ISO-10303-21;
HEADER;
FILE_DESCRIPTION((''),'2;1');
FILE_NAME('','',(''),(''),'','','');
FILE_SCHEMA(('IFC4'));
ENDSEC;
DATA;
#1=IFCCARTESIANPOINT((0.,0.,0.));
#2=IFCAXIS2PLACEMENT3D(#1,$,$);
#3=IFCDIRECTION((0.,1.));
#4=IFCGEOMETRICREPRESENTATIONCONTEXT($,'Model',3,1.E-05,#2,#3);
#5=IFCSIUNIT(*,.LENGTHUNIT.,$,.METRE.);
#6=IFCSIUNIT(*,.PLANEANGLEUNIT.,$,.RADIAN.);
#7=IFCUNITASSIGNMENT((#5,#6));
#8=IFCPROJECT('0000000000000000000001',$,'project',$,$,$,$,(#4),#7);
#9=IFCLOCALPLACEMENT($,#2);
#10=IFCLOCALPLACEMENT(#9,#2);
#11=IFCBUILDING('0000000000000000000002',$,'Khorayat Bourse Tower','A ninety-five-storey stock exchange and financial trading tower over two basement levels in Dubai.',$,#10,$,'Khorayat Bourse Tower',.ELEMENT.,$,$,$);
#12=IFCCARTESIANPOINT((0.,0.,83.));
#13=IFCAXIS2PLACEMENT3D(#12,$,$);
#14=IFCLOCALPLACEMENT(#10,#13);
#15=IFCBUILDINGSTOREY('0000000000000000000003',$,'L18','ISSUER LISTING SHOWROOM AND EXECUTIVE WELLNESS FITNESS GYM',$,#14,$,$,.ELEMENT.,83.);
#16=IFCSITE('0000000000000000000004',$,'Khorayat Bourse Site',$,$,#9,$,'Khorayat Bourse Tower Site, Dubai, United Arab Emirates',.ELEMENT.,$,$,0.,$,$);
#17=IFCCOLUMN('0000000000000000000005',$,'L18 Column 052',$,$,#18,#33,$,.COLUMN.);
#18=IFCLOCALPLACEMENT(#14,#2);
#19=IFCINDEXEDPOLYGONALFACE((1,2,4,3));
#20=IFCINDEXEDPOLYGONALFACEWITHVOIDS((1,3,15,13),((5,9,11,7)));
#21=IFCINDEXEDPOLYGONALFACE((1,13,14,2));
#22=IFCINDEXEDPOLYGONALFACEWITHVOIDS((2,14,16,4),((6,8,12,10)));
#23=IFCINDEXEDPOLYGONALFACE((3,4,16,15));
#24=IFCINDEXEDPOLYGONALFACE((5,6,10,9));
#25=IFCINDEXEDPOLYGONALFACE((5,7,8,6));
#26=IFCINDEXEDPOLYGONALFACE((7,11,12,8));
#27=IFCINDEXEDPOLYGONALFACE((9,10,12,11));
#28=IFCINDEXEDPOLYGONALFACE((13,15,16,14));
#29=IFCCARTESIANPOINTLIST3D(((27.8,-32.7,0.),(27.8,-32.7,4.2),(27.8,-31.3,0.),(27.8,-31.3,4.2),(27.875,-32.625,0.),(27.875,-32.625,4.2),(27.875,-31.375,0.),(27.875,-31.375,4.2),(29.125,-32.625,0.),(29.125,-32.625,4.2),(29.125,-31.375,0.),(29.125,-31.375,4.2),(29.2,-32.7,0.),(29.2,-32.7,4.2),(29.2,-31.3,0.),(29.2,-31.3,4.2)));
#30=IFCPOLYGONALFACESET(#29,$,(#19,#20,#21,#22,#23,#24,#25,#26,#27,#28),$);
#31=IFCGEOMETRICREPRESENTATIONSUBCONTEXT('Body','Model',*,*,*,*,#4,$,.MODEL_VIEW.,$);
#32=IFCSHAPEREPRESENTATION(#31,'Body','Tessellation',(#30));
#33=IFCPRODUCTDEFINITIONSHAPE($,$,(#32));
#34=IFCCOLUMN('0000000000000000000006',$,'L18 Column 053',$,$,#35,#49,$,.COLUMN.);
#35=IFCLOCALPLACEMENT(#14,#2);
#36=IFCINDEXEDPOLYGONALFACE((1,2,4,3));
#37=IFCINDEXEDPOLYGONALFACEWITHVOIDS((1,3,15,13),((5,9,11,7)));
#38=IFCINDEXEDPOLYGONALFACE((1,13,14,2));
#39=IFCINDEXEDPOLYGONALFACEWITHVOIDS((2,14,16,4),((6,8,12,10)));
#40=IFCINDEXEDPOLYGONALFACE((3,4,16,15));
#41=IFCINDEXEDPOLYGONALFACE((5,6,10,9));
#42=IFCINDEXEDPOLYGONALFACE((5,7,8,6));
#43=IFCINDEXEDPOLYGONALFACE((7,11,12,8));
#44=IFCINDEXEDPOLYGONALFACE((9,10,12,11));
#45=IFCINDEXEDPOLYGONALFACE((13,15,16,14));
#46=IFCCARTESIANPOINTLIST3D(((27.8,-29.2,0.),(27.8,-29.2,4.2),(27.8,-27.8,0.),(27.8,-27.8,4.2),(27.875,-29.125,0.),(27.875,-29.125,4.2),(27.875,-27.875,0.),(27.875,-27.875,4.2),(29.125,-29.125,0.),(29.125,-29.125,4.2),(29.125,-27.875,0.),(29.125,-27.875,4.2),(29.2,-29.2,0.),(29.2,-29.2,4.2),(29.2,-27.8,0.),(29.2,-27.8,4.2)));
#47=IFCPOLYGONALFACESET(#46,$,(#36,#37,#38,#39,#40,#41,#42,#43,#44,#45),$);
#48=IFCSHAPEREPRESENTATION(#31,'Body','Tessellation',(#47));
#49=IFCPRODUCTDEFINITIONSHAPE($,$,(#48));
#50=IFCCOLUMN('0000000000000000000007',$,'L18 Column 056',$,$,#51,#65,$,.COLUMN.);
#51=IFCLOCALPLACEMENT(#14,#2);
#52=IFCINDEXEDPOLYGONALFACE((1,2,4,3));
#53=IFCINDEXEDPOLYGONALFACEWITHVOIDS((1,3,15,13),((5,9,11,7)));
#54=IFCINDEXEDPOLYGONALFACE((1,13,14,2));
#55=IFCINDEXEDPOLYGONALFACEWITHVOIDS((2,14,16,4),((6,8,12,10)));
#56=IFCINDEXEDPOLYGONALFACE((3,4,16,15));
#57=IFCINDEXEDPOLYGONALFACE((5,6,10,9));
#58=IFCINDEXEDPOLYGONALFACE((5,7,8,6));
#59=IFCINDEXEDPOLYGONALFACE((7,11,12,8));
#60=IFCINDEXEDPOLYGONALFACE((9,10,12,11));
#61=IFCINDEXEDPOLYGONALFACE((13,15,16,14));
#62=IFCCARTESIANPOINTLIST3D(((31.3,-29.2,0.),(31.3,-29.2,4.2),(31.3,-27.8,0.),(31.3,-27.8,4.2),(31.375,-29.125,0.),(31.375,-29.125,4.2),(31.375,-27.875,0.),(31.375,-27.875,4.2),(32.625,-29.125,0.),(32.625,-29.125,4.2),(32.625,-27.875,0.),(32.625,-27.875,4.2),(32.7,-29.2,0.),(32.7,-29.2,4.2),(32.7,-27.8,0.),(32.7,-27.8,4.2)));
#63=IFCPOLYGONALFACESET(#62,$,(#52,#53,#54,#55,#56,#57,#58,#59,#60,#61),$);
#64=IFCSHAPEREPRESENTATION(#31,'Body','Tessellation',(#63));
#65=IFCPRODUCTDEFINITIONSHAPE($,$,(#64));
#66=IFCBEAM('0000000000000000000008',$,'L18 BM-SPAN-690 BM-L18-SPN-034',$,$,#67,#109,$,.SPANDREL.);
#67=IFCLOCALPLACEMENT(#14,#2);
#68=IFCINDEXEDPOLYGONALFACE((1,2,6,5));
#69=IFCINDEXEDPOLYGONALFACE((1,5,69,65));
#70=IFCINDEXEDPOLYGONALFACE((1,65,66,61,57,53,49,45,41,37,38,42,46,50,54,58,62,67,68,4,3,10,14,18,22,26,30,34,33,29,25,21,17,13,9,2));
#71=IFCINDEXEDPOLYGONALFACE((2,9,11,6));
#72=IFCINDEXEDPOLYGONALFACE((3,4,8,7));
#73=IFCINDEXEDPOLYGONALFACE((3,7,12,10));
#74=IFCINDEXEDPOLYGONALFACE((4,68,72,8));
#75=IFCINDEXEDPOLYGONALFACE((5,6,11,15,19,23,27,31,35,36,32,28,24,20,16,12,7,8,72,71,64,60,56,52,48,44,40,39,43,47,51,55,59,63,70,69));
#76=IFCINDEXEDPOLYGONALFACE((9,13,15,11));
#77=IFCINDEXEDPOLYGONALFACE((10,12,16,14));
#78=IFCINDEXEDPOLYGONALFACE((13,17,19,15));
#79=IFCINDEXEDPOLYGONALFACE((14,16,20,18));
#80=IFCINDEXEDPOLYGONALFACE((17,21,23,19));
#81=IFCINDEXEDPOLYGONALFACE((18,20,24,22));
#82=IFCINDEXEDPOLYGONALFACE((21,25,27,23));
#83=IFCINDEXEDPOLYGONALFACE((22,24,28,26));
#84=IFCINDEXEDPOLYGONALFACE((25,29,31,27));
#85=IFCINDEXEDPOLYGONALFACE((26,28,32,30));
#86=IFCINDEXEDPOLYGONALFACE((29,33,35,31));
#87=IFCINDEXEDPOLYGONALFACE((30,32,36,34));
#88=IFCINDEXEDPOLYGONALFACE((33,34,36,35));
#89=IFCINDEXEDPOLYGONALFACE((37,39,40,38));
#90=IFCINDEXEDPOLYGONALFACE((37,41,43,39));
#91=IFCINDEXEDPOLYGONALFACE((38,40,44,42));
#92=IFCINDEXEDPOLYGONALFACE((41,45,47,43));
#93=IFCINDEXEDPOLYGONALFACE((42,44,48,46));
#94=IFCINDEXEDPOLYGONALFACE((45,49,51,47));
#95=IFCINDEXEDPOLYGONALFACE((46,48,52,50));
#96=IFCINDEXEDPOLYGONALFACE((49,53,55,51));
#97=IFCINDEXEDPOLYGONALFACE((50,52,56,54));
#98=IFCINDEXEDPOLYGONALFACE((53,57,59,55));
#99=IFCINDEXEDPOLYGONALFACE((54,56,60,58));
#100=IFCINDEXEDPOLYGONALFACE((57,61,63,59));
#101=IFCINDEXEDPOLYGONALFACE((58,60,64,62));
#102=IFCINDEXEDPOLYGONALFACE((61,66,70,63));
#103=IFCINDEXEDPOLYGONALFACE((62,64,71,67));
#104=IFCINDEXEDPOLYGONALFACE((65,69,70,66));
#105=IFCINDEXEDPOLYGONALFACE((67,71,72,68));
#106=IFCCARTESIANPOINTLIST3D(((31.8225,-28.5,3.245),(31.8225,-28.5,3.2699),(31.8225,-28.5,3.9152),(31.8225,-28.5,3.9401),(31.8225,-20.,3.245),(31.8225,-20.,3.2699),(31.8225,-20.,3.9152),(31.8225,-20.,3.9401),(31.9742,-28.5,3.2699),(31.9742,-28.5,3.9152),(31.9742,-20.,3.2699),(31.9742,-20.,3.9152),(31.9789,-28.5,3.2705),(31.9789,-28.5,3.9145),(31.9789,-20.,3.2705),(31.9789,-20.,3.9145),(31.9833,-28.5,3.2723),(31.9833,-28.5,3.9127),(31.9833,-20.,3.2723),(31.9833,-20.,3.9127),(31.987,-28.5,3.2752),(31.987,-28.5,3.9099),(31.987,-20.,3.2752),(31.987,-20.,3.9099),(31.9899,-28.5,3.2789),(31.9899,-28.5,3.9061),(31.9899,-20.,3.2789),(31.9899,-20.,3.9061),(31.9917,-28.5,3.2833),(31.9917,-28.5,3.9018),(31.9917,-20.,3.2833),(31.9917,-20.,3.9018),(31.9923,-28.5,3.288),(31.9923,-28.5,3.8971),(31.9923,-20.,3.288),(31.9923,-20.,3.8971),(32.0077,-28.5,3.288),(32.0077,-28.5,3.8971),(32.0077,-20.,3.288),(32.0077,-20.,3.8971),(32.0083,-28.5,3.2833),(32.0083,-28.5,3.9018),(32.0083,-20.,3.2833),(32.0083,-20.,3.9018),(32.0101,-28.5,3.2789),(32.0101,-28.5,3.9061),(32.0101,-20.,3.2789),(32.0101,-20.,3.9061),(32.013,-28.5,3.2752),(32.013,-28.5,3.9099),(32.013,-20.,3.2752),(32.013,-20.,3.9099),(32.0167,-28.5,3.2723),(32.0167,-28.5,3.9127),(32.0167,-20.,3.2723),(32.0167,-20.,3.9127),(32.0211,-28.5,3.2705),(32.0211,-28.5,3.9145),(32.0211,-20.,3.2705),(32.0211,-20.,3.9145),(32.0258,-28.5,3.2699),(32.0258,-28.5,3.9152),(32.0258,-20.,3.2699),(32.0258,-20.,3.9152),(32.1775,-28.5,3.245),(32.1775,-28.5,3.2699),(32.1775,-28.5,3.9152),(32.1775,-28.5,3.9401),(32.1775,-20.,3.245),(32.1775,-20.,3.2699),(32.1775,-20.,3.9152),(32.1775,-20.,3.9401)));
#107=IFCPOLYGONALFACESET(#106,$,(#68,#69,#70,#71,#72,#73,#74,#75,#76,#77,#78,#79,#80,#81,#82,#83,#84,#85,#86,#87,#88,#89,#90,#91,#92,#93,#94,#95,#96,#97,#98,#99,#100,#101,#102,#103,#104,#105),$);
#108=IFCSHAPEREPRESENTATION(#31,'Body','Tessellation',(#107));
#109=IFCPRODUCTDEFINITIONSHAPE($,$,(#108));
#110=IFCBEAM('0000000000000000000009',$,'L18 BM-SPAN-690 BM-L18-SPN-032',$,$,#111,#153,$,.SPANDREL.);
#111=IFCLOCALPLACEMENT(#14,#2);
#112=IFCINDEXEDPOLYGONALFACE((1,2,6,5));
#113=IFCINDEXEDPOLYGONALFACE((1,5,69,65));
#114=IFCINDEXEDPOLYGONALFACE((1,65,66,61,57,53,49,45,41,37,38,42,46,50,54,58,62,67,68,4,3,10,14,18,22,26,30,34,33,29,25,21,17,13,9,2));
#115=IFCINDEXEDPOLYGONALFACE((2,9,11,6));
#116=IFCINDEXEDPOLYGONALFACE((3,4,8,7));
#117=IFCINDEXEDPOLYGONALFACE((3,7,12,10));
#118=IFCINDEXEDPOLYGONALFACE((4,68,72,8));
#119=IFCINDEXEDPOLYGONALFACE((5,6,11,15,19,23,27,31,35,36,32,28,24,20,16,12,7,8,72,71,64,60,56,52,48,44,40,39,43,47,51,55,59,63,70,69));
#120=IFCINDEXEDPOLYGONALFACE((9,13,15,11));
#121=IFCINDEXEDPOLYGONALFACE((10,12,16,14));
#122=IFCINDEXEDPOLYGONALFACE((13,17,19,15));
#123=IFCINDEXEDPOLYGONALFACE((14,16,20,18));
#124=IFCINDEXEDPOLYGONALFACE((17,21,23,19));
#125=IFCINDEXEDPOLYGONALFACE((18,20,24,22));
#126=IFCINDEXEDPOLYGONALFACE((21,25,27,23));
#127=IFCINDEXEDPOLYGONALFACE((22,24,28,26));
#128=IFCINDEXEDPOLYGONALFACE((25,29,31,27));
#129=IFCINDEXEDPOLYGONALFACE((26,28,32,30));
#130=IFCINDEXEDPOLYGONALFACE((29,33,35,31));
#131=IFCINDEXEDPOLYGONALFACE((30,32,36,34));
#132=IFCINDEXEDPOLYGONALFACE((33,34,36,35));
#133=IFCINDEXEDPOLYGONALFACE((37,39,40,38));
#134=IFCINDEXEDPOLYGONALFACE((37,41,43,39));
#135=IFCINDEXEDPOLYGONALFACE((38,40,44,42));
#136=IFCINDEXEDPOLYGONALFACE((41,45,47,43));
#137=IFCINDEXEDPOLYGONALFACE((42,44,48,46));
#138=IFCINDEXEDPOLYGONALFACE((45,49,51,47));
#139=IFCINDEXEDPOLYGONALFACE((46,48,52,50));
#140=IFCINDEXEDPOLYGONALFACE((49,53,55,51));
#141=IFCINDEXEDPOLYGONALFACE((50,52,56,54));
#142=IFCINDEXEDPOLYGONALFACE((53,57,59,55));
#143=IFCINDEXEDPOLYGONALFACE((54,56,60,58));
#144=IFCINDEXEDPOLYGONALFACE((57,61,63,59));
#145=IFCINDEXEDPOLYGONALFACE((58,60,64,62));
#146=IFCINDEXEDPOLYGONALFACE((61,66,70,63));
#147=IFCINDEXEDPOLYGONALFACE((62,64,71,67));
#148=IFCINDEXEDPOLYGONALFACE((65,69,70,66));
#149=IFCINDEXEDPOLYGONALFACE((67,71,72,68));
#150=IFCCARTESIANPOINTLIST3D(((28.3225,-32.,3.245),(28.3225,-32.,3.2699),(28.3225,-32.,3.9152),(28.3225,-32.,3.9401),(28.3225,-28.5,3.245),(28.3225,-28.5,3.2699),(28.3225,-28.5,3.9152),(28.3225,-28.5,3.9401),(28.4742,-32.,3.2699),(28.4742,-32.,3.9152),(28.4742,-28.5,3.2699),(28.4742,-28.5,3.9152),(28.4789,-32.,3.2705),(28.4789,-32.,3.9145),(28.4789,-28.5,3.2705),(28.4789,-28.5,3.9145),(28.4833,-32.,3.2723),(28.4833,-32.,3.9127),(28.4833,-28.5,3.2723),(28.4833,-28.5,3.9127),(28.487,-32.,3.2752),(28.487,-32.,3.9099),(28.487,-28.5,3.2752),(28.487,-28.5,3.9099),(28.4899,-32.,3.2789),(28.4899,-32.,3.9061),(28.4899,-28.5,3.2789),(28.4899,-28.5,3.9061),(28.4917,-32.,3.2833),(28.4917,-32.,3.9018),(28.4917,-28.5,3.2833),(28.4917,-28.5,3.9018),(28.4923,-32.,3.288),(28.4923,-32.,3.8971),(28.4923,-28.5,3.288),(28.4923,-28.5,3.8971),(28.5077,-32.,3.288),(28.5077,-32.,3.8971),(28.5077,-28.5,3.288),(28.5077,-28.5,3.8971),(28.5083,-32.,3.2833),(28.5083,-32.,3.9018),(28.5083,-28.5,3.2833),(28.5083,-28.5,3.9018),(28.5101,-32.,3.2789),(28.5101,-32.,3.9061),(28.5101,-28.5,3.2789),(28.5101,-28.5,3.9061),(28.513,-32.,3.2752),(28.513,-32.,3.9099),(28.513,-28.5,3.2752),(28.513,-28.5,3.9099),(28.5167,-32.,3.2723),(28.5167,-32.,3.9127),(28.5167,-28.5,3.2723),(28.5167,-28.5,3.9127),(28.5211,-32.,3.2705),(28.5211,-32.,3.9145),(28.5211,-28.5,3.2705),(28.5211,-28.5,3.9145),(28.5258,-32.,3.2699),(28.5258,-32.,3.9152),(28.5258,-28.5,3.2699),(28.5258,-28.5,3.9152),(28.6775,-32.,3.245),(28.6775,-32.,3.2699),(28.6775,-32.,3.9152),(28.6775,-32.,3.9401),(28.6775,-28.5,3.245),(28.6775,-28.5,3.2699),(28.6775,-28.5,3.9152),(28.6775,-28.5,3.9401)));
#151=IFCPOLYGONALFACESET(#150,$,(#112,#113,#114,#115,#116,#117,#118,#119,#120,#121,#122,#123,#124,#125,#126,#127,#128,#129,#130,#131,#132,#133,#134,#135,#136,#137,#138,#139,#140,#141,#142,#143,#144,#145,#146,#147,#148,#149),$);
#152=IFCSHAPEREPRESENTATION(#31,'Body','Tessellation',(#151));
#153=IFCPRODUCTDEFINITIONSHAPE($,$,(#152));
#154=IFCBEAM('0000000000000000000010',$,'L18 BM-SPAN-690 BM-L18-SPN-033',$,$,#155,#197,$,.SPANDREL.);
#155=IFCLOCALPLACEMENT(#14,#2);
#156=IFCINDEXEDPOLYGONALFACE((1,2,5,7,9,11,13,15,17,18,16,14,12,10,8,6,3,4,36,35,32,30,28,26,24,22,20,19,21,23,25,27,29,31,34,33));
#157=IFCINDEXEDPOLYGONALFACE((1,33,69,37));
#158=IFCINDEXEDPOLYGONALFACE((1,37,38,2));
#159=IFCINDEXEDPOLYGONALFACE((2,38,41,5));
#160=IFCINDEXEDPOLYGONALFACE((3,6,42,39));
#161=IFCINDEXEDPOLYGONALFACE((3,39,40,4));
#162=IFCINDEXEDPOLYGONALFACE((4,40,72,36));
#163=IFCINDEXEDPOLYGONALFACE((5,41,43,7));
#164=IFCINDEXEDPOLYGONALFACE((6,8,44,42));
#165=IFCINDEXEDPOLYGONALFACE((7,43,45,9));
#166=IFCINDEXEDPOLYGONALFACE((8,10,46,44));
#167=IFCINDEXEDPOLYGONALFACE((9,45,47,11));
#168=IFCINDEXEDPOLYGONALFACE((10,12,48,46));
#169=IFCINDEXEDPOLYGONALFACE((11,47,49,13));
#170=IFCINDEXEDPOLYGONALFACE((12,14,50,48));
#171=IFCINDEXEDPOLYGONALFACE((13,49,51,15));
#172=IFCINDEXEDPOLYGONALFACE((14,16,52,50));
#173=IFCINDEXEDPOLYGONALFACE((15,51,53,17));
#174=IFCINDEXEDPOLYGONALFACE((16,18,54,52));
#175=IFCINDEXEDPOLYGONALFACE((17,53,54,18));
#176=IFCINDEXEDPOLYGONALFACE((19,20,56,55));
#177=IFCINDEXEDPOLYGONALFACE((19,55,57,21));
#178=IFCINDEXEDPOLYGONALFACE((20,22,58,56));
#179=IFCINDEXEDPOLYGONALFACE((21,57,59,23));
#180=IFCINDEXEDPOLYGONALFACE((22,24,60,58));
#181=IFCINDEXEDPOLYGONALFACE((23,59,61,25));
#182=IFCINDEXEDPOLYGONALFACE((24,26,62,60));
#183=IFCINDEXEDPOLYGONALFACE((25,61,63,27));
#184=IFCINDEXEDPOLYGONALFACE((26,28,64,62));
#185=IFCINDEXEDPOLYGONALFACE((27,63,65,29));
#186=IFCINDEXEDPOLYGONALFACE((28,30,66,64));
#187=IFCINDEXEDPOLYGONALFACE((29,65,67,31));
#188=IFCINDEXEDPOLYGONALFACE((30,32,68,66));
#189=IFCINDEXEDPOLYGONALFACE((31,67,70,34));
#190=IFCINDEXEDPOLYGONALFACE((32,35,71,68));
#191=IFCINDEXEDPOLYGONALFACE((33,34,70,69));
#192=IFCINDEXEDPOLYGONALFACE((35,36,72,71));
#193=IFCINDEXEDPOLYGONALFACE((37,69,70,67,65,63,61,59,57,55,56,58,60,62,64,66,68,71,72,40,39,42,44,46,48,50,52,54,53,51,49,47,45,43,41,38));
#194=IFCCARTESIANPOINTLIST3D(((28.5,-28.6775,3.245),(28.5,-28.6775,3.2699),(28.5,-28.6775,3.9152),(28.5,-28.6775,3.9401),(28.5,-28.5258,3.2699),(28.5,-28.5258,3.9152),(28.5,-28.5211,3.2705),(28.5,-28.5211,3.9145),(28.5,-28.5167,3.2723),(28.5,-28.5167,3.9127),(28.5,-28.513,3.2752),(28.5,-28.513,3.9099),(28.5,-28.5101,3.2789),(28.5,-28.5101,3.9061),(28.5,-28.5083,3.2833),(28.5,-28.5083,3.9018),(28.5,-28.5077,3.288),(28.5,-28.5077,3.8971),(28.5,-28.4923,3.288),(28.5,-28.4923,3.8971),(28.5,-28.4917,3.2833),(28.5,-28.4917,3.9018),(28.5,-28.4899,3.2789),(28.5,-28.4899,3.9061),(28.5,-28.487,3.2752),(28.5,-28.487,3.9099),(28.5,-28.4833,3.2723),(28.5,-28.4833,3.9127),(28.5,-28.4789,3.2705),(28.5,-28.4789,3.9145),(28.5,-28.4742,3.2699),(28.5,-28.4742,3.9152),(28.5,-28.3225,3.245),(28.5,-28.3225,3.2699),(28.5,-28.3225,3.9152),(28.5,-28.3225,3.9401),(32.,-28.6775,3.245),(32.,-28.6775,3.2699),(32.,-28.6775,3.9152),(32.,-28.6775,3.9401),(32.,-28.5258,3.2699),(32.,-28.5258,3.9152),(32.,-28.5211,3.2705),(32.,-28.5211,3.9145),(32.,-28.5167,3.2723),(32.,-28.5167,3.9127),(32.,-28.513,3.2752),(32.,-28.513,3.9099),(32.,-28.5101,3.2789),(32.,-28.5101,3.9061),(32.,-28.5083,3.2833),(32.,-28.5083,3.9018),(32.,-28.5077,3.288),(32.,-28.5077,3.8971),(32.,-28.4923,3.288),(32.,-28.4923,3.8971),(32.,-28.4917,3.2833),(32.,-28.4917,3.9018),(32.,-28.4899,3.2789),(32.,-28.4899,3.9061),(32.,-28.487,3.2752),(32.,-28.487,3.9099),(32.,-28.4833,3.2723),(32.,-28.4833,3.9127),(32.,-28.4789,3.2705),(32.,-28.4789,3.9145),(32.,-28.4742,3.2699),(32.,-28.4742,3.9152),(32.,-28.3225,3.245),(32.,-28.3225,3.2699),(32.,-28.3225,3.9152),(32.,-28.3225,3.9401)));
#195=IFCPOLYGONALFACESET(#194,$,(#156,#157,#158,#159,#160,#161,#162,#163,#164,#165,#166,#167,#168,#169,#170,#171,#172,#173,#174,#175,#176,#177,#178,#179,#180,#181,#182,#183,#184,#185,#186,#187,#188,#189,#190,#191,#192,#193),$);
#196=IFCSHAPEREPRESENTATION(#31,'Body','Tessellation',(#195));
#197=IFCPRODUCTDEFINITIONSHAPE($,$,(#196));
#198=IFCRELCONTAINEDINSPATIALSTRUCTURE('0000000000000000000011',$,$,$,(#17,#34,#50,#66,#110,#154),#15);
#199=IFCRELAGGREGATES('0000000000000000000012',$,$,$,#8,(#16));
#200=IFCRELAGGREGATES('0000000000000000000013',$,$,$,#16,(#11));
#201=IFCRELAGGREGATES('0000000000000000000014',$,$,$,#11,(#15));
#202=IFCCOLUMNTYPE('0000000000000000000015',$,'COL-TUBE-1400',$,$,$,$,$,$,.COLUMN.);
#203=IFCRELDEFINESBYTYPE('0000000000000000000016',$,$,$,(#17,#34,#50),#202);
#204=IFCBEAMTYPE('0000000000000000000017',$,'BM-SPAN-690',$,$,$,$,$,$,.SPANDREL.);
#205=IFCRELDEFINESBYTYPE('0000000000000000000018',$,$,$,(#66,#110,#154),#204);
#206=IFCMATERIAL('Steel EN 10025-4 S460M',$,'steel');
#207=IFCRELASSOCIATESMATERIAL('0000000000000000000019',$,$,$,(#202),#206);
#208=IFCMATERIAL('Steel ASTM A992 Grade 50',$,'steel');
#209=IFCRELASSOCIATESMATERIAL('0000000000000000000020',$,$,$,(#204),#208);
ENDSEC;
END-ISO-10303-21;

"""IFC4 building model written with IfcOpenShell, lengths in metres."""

from ifc_helpers import new_model, si_unit, direction, frame, origin, origin_2d, place, context, subcontext, project, spatial, hollow_rectangle, i_section, extrude, source, transform, mapped, material, material_profile, profile_set, type_object, element, save


model = new_model("IFC4")

# Units and contexts
model_context = context("Model", 3, precision=1e-05, world=origin(), true_north=direction((0.0, 1.0)))
body_context = subcontext(model_context, "Body", "Model", "MODEL_VIEW")
ifc_project = project(units=[si_unit("LENGTHUNIT", "METRE"), si_unit("PLANEANGLEUNIT", "RADIAN")], contexts=[model_context])

# Site, building, storey
site_placement = place(None, origin())
site = spatial("IfcSite", under=ifc_project, at=site_placement, Name="Khorayat Bourse Site", LongName="Khorayat Bourse Tower Site, Dubai, United Arab Emirates", CompositionType="ELEMENT", RefElevation=0.0)
building_placement = place(site_placement, origin())
building = spatial("IfcBuilding", under=site, at=building_placement, Name="Khorayat Bourse Tower", Description="A ninety-five-storey stock exchange and financial trading tower over two basement levels in Dubai.", LongName="Khorayat Bourse Tower", CompositionType="ELEMENT")
storey_placement = place(building_placement, frame((0.0, 0.0, 83.0)))
storey = spatial("IfcBuildingStorey", under=building, at=storey_placement, Name="L18", Description="ISSUER LISTING SHOWROOM AND EXECUTIVE WELLNESS FITNESS GYM", CompositionType="ELEMENT", Elevation=83.0)

# Columns
ifc_material_1 = material(Name="Steel EN 10025-4 S460M", Category="steel")
ifc_material_profile_1 = material_profile(ifc_material_1, hollow_rectangle(XDim=1.3999, YDim=1.3999, WallThickness=0.075, at=origin_2d()), Name="BOX 1400x1400x75")
ifc_profile_set_1 = profile_set([ifc_material_profile_1], Name="Steel EN 10025-4 S460M")
column_type = type_object("IfcColumnType", Name="COL-TUBE-1400", PredefinedType="COLUMN", material=ifc_profile_set_1)
shared_shape_1 = source(origin(), body_context, "Body", "SweptSolid", [
    extrude(hollow_rectangle(XDim=1.3999, YDim=1.3999, WallThickness=0.075, at=origin_2d()), origin(), (0.0, 0.0, 1.0), 4.2),
])
for number, where, z_axis, x_axis, name in (
    (1, (28.5, -32.0, 0.0), (0.0, 0.0, 1.0), (1.0, 0.0, 0.0), "L18 Column 052"),
    (2, (28.5, -28.5, 0.0), (0.0, 0.0, 1.0), (1.0, 0.0, 0.0), "L18 Column 053"),
    (3, (32.0, -28.5, 0.0), (0.0, 0.0, 1.0), (1.0, 0.0, 0.0), "L18 Column 056"),
):
    element("IfcColumn", number, at=place(storey_placement, frame(where, z_axis=z_axis, x_axis=x_axis)), inside=storey, type_object=column_type, Name=name, PredefinedType="COLUMN", context=body_context, shape_type="MappedRepresentation", body=[
        mapped(shared_shape_1, transform((0.0, 0.0, 0.0), scale=1.0)),
    ])

# Beams
ifc_material_2 = material(Name="Steel ASTM A992 Grade 50", Category="steel")
ifc_material_profile_2 = material_profile(ifc_material_2, i_section(OverallWidth=0.355, OverallDepth=0.6951, WebThickness=0.0154, FlangeThickness=0.0249, FilletRadius=0.0181, at=origin_2d()), Name="W690X217")
ifc_profile_set_2 = profile_set([ifc_material_profile_2], Name="Steel ASTM A992 Grade 50")
beam_type_1 = type_object("IfcBeamType", Name="BM-SPAN-690", PredefinedType="SPANDREL", material=ifc_profile_set_2)
shared_shape_2 = source(origin(), body_context, "Body", "SweptSolid", [
    extrude(i_section(OverallWidth=0.355, OverallDepth=0.6951, WebThickness=0.0154, FlangeThickness=0.0249, FilletRadius=0.0181, at=origin_2d()), origin(), (0.0, 0.0, 1.0), 8.5),
])
beam_1_placement = place(storey_placement, frame((32.0, -28.5, 3.5925), z_axis=(0.0, 1.0, 0.0), x_axis=(-1.0, 0.0, 0.0)))
element("IfcBeam", 4, at=beam_1_placement, inside=storey, type_object=beam_type_1, Name="L18 BM-SPAN-690 BM-L18-SPN-034", PredefinedType="SPANDREL", context=body_context, shape_type="MappedRepresentation", body=[
    mapped(shared_shape_2, transform((0.0, 0.0, 0.0), scale=1.0)),
])
shared_shape_3 = source(origin(), body_context, "Body", "SweptSolid", [
    extrude(i_section(OverallWidth=0.355, OverallDepth=0.6951, WebThickness=0.0154, FlangeThickness=0.0249, FilletRadius=0.0181, at=origin_2d()), origin(), (0.0, 0.0, 1.0), 3.5),
])
for number, where, z_axis, x_axis, name in (
    (5, (28.5, -32.0, 3.5925), (0.0, 1.0, 0.0), (-1.0, 0.0, 0.0), "L18 BM-SPAN-690 BM-L18-SPN-032"),
    (6, (28.5, -28.5, 3.5925), (1.0, 0.0, 0.0), (0.0, 1.0, 0.0), "L18 BM-SPAN-690 BM-L18-SPN-033"),
):
    element("IfcBeam", number, at=place(storey_placement, frame(where, z_axis=z_axis, x_axis=x_axis)), inside=storey, type_object=beam_type_1, Name=name, PredefinedType="SPANDREL", context=body_context, shape_type="MappedRepresentation", body=[
        mapped(shared_shape_3, transform((0.0, 0.0, 0.0), scale=1.0)),
    ])

save(model, "model.ifc")
